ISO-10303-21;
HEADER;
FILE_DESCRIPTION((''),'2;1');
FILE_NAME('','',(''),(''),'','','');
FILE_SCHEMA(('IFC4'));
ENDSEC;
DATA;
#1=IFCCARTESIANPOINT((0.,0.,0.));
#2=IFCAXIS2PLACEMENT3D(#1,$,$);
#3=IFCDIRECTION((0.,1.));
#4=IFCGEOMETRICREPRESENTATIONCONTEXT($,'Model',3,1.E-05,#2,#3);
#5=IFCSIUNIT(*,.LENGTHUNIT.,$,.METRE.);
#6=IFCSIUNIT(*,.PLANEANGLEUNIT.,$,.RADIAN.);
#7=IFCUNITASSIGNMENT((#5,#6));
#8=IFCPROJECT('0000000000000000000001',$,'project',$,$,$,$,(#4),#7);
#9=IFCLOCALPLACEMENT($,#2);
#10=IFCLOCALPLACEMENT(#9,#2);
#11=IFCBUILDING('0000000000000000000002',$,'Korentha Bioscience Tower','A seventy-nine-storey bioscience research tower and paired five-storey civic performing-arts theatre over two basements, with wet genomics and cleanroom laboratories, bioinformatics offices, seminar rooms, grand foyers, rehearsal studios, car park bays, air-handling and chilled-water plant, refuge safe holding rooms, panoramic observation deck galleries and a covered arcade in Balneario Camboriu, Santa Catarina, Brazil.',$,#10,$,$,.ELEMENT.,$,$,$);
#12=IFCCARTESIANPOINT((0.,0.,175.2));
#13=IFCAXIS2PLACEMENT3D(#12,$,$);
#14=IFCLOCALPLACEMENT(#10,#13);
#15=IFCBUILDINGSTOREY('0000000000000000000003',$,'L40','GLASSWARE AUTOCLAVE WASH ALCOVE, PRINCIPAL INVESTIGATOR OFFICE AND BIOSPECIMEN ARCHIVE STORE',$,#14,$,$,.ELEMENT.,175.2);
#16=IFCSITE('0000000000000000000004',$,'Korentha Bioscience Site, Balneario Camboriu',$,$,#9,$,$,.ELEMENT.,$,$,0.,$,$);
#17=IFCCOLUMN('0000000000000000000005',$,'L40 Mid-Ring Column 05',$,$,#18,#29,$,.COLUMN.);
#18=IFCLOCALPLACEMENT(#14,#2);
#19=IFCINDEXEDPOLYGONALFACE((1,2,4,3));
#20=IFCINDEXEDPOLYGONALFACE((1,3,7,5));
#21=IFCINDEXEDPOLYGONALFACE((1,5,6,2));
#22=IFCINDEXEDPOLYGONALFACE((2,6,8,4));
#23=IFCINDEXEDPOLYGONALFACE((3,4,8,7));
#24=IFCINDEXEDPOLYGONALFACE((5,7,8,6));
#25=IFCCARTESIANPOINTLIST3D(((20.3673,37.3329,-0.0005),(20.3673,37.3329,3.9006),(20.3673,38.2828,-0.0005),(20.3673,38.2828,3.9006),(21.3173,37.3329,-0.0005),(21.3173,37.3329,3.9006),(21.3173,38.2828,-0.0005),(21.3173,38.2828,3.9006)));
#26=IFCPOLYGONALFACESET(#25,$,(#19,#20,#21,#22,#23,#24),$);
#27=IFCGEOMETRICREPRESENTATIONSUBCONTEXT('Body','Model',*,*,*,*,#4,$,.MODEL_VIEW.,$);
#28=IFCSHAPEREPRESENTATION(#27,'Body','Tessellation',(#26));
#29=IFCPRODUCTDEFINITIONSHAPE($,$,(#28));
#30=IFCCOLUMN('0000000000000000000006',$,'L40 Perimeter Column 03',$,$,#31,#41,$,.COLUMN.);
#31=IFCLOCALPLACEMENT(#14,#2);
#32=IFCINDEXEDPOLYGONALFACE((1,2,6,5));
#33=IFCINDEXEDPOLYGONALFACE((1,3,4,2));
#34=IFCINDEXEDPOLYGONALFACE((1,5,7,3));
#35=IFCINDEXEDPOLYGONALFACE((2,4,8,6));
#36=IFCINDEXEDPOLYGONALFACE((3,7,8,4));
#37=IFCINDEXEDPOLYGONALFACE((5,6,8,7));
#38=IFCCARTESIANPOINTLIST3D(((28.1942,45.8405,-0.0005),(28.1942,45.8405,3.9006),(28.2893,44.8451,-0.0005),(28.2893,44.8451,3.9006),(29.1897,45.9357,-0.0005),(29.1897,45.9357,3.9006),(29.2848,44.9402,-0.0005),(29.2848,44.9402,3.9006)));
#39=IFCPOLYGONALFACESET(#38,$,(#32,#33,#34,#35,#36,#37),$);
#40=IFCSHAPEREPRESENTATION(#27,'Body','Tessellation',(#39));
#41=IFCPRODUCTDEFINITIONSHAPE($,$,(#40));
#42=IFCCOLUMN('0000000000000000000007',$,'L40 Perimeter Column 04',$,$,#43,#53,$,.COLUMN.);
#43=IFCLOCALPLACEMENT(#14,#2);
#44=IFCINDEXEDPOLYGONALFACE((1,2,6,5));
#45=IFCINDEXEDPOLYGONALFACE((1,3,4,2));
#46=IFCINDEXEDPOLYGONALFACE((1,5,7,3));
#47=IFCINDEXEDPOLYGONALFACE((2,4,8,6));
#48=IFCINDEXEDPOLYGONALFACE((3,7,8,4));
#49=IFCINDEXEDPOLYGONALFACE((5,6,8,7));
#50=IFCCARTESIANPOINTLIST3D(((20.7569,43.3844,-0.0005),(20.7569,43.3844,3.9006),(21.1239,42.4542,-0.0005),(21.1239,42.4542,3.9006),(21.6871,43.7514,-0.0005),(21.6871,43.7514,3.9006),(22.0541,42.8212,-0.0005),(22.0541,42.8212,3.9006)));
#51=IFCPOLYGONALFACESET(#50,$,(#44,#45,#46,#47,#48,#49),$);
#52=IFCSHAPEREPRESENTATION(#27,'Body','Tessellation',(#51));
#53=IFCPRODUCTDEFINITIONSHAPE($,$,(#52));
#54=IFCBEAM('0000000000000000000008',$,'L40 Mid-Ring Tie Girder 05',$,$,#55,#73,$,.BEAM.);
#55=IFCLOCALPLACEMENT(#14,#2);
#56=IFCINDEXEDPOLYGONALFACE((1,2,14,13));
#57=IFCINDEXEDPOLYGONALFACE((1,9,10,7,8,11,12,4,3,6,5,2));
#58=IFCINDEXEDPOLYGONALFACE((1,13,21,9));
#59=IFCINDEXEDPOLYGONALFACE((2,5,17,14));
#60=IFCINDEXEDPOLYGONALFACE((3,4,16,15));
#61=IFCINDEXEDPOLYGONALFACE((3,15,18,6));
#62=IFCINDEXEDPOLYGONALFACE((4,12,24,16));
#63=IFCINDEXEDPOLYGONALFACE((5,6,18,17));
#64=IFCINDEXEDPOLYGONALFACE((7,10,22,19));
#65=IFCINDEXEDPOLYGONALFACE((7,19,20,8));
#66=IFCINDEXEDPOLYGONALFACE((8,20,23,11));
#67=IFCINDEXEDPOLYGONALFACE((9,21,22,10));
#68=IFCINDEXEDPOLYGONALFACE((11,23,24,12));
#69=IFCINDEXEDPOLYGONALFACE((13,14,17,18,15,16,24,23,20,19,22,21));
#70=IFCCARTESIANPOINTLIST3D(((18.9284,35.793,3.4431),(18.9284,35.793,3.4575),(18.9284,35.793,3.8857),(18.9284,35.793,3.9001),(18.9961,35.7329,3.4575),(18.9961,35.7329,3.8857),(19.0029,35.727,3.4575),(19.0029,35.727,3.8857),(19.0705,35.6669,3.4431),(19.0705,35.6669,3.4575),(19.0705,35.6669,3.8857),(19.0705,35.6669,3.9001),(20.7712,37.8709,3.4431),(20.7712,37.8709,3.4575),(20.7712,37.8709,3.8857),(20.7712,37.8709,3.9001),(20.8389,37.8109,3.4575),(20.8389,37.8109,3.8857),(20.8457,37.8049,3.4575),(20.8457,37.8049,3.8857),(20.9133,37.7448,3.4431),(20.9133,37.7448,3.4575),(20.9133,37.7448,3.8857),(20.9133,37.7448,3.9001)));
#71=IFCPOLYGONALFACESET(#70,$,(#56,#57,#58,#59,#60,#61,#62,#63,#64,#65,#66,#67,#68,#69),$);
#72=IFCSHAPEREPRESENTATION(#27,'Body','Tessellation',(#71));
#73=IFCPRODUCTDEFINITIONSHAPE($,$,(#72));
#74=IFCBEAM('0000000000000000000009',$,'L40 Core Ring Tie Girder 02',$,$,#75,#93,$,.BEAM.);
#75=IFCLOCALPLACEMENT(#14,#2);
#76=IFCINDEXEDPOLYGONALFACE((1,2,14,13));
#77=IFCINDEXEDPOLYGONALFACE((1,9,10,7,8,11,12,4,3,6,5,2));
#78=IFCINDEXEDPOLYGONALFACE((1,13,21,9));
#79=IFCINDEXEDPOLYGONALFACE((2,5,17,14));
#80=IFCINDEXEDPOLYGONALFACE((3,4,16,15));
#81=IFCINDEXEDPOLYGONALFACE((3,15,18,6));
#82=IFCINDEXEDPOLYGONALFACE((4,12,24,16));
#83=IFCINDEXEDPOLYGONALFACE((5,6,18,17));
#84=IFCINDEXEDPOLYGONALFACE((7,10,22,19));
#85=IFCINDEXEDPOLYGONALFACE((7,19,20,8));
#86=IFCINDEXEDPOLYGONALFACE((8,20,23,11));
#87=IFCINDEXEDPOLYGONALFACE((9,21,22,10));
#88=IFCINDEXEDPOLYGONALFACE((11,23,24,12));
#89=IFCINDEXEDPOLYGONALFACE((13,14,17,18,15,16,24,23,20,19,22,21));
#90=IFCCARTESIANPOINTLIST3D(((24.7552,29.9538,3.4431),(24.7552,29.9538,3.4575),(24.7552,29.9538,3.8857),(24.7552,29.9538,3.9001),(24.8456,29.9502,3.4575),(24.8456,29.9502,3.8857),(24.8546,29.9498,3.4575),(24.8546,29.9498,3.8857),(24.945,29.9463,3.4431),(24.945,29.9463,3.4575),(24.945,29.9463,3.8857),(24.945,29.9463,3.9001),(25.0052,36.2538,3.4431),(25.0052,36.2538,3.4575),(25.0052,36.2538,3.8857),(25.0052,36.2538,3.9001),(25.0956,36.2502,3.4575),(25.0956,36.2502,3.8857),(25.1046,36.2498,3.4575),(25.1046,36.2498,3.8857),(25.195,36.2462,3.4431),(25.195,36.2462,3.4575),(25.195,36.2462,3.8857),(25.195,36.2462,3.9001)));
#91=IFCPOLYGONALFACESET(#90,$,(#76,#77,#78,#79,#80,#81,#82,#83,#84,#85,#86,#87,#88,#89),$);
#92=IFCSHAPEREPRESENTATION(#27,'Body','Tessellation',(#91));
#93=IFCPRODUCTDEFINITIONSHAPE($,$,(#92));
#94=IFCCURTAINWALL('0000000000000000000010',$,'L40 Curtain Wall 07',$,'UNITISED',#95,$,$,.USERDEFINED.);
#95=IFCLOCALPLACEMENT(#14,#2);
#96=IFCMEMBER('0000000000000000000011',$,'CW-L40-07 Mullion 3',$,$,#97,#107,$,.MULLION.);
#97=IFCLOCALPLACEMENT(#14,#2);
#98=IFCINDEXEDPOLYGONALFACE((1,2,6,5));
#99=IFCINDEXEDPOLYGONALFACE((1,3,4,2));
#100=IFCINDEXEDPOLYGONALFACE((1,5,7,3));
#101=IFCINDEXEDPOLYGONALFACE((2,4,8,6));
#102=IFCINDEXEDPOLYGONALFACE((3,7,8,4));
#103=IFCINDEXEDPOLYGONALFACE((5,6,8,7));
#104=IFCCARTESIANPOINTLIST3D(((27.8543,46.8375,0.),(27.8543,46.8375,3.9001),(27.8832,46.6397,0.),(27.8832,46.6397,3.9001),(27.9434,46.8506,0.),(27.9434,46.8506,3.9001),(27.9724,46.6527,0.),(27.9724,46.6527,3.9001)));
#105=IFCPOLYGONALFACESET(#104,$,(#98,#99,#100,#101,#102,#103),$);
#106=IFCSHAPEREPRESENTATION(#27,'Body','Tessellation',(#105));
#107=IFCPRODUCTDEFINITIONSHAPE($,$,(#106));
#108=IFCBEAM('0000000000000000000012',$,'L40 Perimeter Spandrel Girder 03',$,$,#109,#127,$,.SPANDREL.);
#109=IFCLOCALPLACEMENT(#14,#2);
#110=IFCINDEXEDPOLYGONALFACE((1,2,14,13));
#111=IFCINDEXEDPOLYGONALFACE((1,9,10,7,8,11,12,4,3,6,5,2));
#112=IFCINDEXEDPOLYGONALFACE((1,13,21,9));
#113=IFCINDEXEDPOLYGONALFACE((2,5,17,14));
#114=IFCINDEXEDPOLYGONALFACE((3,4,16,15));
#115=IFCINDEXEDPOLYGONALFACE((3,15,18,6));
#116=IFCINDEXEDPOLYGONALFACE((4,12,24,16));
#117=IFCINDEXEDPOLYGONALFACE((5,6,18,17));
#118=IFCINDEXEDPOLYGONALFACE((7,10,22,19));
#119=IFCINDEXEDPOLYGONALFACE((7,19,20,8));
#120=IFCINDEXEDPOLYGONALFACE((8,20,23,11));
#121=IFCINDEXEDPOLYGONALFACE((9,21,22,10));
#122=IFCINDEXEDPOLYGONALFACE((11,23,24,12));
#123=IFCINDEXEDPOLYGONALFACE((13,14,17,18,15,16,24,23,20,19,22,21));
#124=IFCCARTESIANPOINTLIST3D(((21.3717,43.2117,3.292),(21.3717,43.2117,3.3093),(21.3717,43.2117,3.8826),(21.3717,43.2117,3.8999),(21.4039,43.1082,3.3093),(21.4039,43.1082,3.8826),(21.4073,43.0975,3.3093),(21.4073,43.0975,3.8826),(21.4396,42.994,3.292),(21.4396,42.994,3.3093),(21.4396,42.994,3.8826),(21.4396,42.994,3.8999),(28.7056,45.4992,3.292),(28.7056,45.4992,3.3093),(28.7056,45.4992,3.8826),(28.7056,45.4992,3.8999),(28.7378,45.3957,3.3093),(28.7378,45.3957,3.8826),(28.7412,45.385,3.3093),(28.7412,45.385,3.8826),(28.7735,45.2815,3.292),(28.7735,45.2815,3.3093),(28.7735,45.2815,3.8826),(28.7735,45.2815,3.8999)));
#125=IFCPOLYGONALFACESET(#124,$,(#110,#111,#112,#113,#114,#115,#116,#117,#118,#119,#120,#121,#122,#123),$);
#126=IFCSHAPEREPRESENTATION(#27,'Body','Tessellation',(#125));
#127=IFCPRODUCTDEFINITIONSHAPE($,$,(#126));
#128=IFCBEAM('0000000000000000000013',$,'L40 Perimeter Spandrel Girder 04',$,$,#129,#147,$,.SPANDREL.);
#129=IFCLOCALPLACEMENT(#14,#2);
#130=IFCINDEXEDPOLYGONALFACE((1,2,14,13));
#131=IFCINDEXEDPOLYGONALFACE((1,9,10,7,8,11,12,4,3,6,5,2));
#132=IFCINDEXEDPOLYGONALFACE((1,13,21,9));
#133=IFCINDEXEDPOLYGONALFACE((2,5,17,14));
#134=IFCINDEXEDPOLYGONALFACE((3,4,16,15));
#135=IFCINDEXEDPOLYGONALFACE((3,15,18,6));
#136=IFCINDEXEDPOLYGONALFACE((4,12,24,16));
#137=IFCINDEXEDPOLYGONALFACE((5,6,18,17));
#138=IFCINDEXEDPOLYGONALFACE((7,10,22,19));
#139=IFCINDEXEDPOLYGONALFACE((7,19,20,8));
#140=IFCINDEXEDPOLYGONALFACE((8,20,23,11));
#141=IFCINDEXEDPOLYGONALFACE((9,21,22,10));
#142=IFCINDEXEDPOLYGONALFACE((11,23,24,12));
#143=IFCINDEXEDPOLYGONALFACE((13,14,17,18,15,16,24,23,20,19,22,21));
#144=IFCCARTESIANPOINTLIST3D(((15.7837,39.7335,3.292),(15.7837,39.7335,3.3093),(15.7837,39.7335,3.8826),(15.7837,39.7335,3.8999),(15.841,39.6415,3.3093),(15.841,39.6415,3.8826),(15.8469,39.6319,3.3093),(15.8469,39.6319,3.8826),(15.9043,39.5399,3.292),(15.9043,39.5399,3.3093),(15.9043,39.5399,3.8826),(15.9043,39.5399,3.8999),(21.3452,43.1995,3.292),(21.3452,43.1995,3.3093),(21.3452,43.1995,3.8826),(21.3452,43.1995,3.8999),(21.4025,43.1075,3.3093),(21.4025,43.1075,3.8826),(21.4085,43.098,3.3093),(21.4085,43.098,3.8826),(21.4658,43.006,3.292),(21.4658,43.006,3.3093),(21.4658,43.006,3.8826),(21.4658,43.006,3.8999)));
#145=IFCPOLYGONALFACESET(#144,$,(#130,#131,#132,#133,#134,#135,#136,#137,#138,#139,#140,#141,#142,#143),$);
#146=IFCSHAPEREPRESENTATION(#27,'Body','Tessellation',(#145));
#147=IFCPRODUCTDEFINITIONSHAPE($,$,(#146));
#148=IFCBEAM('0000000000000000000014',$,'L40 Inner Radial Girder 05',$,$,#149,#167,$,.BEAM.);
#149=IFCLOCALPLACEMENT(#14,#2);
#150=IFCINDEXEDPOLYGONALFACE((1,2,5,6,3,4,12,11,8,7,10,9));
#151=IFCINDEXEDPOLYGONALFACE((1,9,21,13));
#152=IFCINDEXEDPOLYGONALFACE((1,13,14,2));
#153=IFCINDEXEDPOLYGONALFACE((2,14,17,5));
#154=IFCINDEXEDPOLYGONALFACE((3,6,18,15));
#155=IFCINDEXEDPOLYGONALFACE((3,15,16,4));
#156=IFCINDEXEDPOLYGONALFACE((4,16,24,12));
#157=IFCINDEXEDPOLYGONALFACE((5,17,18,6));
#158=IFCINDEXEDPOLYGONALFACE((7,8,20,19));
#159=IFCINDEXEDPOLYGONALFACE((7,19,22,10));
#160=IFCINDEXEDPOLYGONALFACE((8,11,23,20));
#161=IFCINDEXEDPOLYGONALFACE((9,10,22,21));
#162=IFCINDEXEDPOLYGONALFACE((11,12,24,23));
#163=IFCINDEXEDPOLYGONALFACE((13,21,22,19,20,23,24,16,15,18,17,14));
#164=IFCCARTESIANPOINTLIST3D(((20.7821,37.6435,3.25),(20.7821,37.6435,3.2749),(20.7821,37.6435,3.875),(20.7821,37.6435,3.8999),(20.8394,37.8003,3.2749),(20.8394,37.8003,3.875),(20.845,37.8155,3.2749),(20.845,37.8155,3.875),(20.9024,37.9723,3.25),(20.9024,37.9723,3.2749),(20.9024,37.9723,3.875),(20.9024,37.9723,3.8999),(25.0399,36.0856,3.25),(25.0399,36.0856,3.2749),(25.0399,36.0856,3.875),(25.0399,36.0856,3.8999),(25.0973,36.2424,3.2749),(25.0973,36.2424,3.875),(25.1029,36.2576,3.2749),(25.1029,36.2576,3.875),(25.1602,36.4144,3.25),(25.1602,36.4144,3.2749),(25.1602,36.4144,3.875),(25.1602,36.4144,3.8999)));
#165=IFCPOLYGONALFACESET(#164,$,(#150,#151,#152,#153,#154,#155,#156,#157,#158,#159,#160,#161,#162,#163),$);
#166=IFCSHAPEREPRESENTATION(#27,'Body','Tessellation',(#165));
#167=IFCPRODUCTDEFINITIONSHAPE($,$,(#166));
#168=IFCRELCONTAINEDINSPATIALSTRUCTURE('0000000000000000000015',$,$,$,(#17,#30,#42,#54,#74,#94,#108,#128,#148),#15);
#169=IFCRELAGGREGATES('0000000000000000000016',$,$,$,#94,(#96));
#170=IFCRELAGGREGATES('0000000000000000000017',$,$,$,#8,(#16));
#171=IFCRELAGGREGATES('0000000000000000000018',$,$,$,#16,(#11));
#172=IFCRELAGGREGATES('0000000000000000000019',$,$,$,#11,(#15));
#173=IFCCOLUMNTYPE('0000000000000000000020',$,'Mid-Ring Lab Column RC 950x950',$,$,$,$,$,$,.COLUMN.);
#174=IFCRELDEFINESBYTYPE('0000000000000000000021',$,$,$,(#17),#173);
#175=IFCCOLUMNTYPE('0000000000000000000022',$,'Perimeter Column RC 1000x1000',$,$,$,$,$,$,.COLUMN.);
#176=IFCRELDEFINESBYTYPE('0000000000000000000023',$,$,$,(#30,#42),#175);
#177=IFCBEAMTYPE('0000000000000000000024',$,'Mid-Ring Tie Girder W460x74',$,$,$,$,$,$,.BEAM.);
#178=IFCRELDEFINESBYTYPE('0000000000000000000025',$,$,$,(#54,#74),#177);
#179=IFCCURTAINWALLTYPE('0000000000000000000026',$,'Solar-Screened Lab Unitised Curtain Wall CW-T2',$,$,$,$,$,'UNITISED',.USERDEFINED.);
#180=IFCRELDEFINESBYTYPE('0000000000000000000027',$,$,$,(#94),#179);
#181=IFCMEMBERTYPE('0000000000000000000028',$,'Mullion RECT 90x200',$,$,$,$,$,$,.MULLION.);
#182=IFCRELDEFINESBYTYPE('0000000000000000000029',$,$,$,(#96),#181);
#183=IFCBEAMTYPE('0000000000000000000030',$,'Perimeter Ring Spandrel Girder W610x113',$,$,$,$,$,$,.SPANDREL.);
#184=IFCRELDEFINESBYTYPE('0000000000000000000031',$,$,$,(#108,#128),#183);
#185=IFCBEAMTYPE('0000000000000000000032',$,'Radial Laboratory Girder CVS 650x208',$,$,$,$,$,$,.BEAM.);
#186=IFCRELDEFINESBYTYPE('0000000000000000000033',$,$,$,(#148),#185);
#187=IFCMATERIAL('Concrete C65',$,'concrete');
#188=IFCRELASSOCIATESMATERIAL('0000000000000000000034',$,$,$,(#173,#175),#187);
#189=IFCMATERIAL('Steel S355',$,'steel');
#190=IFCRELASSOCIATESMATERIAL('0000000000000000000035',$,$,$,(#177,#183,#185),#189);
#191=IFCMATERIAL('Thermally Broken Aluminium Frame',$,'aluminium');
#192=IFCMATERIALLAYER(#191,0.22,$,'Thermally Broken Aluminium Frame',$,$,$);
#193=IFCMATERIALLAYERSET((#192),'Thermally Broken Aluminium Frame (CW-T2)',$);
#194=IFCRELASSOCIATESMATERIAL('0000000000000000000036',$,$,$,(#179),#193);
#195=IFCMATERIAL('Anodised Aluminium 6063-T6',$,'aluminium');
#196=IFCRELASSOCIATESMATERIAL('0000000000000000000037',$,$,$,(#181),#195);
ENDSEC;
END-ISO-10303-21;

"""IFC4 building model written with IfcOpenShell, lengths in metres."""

from ifc_helpers import new_model, si_unit, direction, frame, origin, origin_2d, place, context, subcontext, project, spatial, rectangle, i_section, extrude, material, layer, layer_set, material_profile, profile_set, type_object, element, aggregate, save


model = new_model("IFC4")

# Units and contexts
model_context = context("Model", 3, precision=1e-05, world=origin(), true_north=direction((0.0, 1.0)))
body_context = subcontext(model_context, "Body", "Model", "MODEL_VIEW")
ifc_project = project(units=[si_unit("LENGTHUNIT", "METRE"), si_unit("PLANEANGLEUNIT", "RADIAN")], contexts=[model_context])

# Site, building, storey
site_placement = place(None, origin())
site = spatial("IfcSite", under=ifc_project, at=site_placement, Name="Korentha Bioscience Site, Balneario Camboriu", CompositionType="ELEMENT", RefElevation=0.0)
building_placement = place(site_placement, origin())
building = spatial("IfcBuilding", under=site, at=building_placement, Name="Korentha Bioscience Tower", Description="A seventy-nine-storey bioscience research tower and paired five-storey civic performing-arts theatre over two basements, with wet genomics and cleanroom laboratories, bioinformatics offices, seminar rooms, grand foyers, rehearsal studios, car park bays, air-handling and chilled-water plant, refuge safe holding rooms, panoramic observation deck galleries and a covered arcade in Balneario Camboriu, Santa Catarina, Brazil.", CompositionType="ELEMENT")
storey_placement = place(building_placement, frame((0.0, 0.0, 175.2)))
storey = spatial("IfcBuildingStorey", under=building, at=storey_placement, Name="L40", Description="GLASSWARE AUTOCLAVE WASH ALCOVE, PRINCIPAL INVESTIGATOR OFFICE AND BIOSPECIMEN ARCHIVE STORE", CompositionType="ELEMENT", Elevation=175.2)

# Columns
ifc_material_1 = material(Name="Concrete C65", Category="concrete")
ifc_material_profile_1 = material_profile(ifc_material_1, rectangle(XDim=0.95, YDim=0.95, at=origin_2d()), Name="Concrete C65")
ifc_profile_set_1 = profile_set([ifc_material_profile_1], Name="Concrete C65 (COL-MR09)")
column_type_1 = type_object("IfcColumnType", Name="Mid-Ring Lab Column RC 950x950", PredefinedType="COLUMN", material=ifc_profile_set_1)
column_placement = place(storey_placement, frame((20.8423, 37.8079, -0.0005), z_axis=(0.0, 0.0, 1.0), x_axis=(1.0, 0.0, 0.0)))
element("IfcColumn", 1, at=column_placement, inside=storey, type_object=column_type_1, Name="L40 Mid-Ring Column 05", PredefinedType="COLUMN", context=body_context, shape_type="SweptSolid", body=[
    extrude(rectangle(XDim=0.95, YDim=0.95, at=origin_2d()), origin(), (0.0, 0.0, 1.0), 3.9011),
])
ifc_material_profile_2 = material_profile(ifc_material_1, rectangle(XDim=1.0, YDim=1.0, at=origin_2d()), Name="Concrete C65")
ifc_profile_set_2 = profile_set([ifc_material_profile_2], Name="Concrete C65 (COL-P10)")
column_type_2 = type_object("IfcColumnType", Name="Perimeter Column RC 1000x1000", PredefinedType="COLUMN", material=ifc_profile_set_2)
for number, where, z_axis, x_axis, name in (
    (2, (28.7395, 45.3904, -0.0005), (0.0, 0.0, 1.0), (0.995463, 0.095151, 0.0), "L40 Perimeter Column 03"),
    (3, (21.4055, 43.1028, -0.0005), (0.0, 0.0, 1.0), (0.930226, 0.366988, 0.0), "L40 Perimeter Column 04"),
):
    element("IfcColumn", number, at=place(storey_placement, frame(where, z_axis=z_axis, x_axis=x_axis)), inside=storey, type_object=column_type_2, Name=name, PredefinedType="COLUMN", context=body_context, shape_type="SweptSolid", body=[
        extrude(rectangle(XDim=1.0, YDim=1.0, at=origin_2d()), origin(), (0.0, 0.0, 1.0), 3.9011),
    ])

# Beams
ifc_material_2 = material(Name="Steel S355", Category="steel")
ifc_material_profile_3 = material_profile(ifc_material_2, i_section(OverallWidth=0.1899, OverallDepth=0.457, WebThickness=0.009, FlangeThickness=0.0144, at=origin_2d()), Name="Steel S355")
ifc_profile_set_3 = profile_set([ifc_material_profile_3], Name="Steel S355 (MB-460)")
beam_type_1 = type_object("IfcBeamType", Name="Mid-Ring Tie Girder W460x74", PredefinedType="BEAM", material=ifc_profile_set_3)
beam_1_placement = place(storey_placement, frame((20.8423, 37.8079, 3.6716), z_axis=(-0.663512, -0.748165, 0.0), x_axis=(0.748165, -0.663512, 0.0)))
element("IfcBeam", 4, at=beam_1_placement, inside=storey, type_object=beam_type_1, Name="L40 Mid-Ring Tie Girder 05", PredefinedType="BEAM", context=body_context, shape_type="SweptSolid", body=[
    extrude(i_section(OverallWidth=0.1899, OverallDepth=0.457, WebThickness=0.009, FlangeThickness=0.0144, at=origin_2d()), origin(), (0.0, 0.0, 1.0), 2.7773),
])
beam_2_placement = place(storey_placement, frame((25.1001, 36.25, 3.6716), z_axis=(-0.039651, -0.999214, 0.0), x_axis=(0.999214, -0.039651, 0.0)))
element("IfcBeam", 5, at=beam_2_placement, inside=storey, type_object=beam_type_1, Name="L40 Core Ring Tie Girder 02", PredefinedType="BEAM", context=body_context, shape_type="SweptSolid", body=[
    extrude(i_section(OverallWidth=0.1899, OverallDepth=0.457, WebThickness=0.009, FlangeThickness=0.0144, at=origin_2d()), origin(), (0.0, 0.0, 1.0), 6.3049),
])

# Curtain wall, member
ifc_material_3 = material(Name="Thermally Broken Aluminium Frame", Category="aluminium")
ifc_layer_1 = layer(ifc_material_3, 0.22, Name="Thermally Broken Aluminium Frame")
ifc_layer_set_1 = layer_set([ifc_layer_1], Name="Thermally Broken Aluminium Frame (CW-T2)")
curtain_wall_type = type_object("IfcCurtainWallType", Name="Solar-Screened Lab Unitised Curtain Wall CW-T2", ElementType="UNITISED", PredefinedType="USERDEFINED", material=ifc_layer_set_1)
curtain_wall_placement = place(storey_placement, origin())
curtain_wall = element("IfcCurtainWall", 6, at=curtain_wall_placement, inside=storey, type_object=curtain_wall_type, Name="L40 Curtain Wall 07", ObjectType="UNITISED", PredefinedType="USERDEFINED")
ifc_material_4 = material(Name="Anodised Aluminium 6063-T6", Category="aluminium")
ifc_material_profile_4 = material_profile(ifc_material_4, rectangle(XDim=0.0901, YDim=0.2, at=origin_2d()), Name="Anodised Aluminium 6063-T6")
ifc_profile_set_4 = profile_set([ifc_material_profile_4], Name="Anodised Aluminium 6063-T6 (CW-MUL)")
member_type_1 = type_object("IfcMemberType", Name="Mullion RECT 90x200", PredefinedType="MULLION", material=ifc_profile_set_4)
member_1_placement = place(storey_placement, frame((27.9133, 46.7451, 0.0), z_axis=(0.0, 0.0, 1.0), x_axis=(-0.989462, -0.144793, 0.0)))
member_1 = element("IfcMember", 7, at=member_1_placement, type_object=member_type_1, Name="CW-L40-07 Mullion 3", PredefinedType="MULLION", context=body_context, shape_type="SweptSolid", body=[
    extrude(rectangle(XDim=0.0901, YDim=0.2, at=origin_2d()), origin(), (0.0, 0.0, 1.0), 3.9001),
])

# Beams
ifc_material_profile_5 = material_profile(ifc_material_2, i_section(OverallWidth=0.228, OverallDepth=0.6079, WebThickness=0.0112, FlangeThickness=0.0173, at=origin_2d()), Name="Steel S355")
ifc_profile_set_5 = profile_set([ifc_material_profile_5], Name="Steel S355 (SB-610)")
beam_type_2 = type_object("IfcBeamType", Name="Perimeter Ring Spandrel Girder W610x113", PredefinedType="SPANDREL", material=ifc_profile_set_5)
beam_3_placement = place(storey_placement, frame((28.7395, 45.3904, 3.5959), z_axis=(-0.954638, -0.297768, 0.0), x_axis=(0.297768, -0.954638, 0.0)))
element("IfcBeam", 8, at=beam_3_placement, inside=storey, type_object=beam_type_2, Name="L40 Perimeter Spandrel Girder 03", PredefinedType="SPANDREL", context=body_context, shape_type="SweptSolid", body=[
    extrude(i_section(OverallWidth=0.228, OverallDepth=0.6079, WebThickness=0.0112, FlangeThickness=0.0173, at=origin_2d()), origin(), (0.0, 0.0, 1.0), 7.6824),
])
beam_4_placement = place(storey_placement, frame((21.4055, 43.1028, 3.5959), z_axis=(-0.848676, -0.528913, 0.0), x_axis=(0.528913, -0.848676, 0.0)))
element("IfcBeam", 9, at=beam_4_placement, inside=storey, type_object=beam_type_2, Name="L40 Perimeter Spandrel Girder 04", PredefinedType="SPANDREL", context=body_context, shape_type="SweptSolid", body=[
    extrude(i_section(OverallWidth=0.228, OverallDepth=0.6079, WebThickness=0.0112, FlangeThickness=0.0173, at=origin_2d()), origin(), (0.0, 0.0, 1.0), 6.5532),
])
ifc_material_profile_6 = material_profile(ifc_material_2, i_section(OverallWidth=0.3501, OverallDepth=0.6499, WebThickness=0.0161, FlangeThickness=0.0249, at=origin_2d()), Name="Steel S355")
ifc_profile_set_6 = profile_set([ifc_material_profile_6], Name="Steel S355 (RB-650)")
beam_type_3 = type_object("IfcBeamType", Name="Radial Laboratory Girder CVS 650x208", PredefinedType="BEAM", material=ifc_profile_set_6)
beam_5_placement = place(storey_placement, frame((25.1001, 36.25, 3.575), z_axis=(-0.939114, 0.343606, 0.0), x_axis=(-0.343606, -0.939114, 0.0)))
element("IfcBeam", 10, at=beam_5_placement, inside=storey, type_object=beam_type_3, Name="L40 Inner Radial Girder 05", PredefinedType="BEAM", context=body_context, shape_type="SweptSolid", body=[
    extrude(i_section(OverallWidth=0.3501, OverallDepth=0.6499, WebThickness=0.0161, FlangeThickness=0.0249, at=origin_2d()), origin(), (0.0, 0.0, 1.0), 4.5339),
])

aggregate(curtain_wall, [member_1])

save(model, "model.ifc")
